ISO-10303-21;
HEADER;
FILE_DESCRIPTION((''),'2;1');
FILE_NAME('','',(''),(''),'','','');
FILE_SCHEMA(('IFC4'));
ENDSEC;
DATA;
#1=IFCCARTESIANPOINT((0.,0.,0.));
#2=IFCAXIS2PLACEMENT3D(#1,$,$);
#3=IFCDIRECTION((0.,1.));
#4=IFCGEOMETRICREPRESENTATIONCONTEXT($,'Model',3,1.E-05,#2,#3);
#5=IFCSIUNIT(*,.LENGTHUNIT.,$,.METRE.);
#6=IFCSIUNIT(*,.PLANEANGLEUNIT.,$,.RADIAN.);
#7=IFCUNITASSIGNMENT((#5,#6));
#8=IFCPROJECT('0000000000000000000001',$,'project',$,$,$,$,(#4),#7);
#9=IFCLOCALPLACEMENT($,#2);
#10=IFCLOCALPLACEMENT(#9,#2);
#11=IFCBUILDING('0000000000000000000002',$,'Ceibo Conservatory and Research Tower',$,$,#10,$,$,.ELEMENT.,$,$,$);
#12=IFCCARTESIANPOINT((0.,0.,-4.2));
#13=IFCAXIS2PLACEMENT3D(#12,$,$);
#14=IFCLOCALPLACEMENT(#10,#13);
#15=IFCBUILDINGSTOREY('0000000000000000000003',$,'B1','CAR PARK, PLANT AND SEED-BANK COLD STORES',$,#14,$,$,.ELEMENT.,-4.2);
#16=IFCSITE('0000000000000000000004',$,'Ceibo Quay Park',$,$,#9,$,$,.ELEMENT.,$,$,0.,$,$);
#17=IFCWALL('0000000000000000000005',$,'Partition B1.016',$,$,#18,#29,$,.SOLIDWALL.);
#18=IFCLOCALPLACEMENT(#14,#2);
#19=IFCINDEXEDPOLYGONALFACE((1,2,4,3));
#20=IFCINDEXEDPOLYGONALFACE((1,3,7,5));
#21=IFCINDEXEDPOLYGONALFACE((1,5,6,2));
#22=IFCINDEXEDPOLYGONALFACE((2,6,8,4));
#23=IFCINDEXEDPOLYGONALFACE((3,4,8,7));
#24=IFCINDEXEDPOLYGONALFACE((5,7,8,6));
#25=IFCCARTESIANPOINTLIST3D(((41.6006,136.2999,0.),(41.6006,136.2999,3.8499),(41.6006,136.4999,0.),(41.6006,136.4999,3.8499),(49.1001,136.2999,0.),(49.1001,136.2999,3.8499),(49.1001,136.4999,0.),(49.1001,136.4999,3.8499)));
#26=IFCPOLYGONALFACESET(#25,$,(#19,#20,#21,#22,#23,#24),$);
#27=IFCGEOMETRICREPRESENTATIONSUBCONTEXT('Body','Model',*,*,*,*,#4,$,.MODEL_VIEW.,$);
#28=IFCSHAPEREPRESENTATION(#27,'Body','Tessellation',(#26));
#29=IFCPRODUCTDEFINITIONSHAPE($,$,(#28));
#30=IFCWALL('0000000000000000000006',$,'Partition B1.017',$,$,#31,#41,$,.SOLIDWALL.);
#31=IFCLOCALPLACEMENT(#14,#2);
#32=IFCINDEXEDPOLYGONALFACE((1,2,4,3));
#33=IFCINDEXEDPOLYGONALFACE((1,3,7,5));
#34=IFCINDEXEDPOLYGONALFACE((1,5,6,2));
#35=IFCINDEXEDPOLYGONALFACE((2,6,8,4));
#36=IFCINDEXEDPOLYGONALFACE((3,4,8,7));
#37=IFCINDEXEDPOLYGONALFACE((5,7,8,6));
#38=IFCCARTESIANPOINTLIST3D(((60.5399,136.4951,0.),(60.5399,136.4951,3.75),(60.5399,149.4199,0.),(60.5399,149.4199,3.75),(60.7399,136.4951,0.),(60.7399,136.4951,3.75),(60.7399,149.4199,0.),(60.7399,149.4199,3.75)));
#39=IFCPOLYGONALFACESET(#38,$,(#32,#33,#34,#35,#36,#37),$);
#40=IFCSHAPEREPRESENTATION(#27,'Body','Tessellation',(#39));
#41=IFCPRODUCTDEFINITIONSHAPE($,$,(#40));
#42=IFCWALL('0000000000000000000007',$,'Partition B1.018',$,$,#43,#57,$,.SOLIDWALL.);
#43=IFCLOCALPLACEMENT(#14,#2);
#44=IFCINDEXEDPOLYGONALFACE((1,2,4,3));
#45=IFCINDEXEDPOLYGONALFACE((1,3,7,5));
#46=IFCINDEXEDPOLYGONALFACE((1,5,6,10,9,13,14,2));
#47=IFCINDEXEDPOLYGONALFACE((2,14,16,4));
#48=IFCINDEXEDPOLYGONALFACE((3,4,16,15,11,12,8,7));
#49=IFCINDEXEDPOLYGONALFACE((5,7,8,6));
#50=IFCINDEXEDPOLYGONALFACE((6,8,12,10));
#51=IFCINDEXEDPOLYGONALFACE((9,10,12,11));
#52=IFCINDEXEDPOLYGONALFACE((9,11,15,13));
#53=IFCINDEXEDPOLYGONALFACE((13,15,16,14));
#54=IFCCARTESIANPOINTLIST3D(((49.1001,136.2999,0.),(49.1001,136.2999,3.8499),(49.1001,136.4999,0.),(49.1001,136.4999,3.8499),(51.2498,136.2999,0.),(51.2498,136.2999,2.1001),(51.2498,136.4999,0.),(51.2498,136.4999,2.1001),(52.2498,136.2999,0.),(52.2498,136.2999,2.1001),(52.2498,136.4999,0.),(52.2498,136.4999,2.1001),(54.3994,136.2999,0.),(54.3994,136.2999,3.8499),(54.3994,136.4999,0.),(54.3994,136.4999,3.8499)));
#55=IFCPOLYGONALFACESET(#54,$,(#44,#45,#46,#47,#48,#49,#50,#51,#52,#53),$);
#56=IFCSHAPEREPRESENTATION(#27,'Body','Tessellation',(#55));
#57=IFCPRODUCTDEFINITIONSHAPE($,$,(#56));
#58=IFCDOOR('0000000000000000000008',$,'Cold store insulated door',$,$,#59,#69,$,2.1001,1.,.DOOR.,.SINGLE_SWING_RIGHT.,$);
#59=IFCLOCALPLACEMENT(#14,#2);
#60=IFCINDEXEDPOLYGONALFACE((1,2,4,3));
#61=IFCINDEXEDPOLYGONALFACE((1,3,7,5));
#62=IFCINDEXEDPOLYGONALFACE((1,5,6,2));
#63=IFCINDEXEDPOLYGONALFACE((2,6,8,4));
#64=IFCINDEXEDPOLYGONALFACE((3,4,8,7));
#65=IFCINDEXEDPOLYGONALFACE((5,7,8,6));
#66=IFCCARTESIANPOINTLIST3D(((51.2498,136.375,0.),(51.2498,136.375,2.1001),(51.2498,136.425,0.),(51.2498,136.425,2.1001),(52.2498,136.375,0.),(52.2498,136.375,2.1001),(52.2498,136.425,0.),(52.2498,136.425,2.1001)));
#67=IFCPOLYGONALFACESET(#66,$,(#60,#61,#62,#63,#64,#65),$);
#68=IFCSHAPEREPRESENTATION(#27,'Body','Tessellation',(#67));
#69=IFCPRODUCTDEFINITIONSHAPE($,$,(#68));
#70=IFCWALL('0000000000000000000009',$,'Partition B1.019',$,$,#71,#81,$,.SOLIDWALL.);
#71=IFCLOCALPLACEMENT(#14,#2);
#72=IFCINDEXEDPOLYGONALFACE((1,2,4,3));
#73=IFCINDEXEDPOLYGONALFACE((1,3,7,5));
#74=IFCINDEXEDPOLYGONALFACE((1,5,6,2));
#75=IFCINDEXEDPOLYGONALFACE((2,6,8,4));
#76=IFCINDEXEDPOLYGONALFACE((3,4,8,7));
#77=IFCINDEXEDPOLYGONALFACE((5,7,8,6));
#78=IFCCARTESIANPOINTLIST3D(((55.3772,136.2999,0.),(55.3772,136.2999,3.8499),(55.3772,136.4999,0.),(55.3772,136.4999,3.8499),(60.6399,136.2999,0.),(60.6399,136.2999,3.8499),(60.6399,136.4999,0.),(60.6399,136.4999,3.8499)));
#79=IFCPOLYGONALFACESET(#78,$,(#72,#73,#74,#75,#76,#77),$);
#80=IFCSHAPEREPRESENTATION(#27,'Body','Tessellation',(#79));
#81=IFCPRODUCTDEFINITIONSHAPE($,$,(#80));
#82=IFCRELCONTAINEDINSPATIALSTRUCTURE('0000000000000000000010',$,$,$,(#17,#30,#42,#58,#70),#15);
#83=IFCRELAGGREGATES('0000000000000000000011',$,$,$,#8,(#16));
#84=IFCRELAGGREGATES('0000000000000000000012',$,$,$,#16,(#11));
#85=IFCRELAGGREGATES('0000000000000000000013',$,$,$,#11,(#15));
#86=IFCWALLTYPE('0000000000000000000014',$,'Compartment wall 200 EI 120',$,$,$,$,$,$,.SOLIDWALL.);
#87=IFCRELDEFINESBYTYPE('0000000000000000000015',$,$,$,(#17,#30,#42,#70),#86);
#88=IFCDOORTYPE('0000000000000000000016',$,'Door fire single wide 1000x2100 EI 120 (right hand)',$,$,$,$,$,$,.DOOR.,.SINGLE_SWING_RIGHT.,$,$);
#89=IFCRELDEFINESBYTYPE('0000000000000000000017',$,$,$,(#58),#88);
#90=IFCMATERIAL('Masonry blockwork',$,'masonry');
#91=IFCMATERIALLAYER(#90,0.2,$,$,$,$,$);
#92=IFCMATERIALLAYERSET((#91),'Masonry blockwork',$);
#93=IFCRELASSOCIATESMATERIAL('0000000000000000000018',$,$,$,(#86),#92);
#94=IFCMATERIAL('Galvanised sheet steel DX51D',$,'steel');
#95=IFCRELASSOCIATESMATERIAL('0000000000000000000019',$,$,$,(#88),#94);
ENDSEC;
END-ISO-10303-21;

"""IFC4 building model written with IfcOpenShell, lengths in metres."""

from ifc_helpers import new_model, si_unit, direction, frame, frame_2d, origin, place, context, subcontext, project, spatial, rectangle, extrude, material, layer, layer_set, type_object, element, fill, save


model = new_model("IFC4")

# Units and contexts
model_context = context("Model", 3, precision=1e-05, world=origin(), true_north=direction((0.0, 1.0)))
body_context = subcontext(model_context, "Body", "Model", "MODEL_VIEW")
ifc_project = project(units=[si_unit("LENGTHUNIT", "METRE"), si_unit("PLANEANGLEUNIT", "RADIAN")], contexts=[model_context])

# Site, building, storey
site_placement = place(None, origin())
site = spatial("IfcSite", under=ifc_project, at=site_placement, Name="Ceibo Quay Park", CompositionType="ELEMENT", RefElevation=0.0)
building_placement = place(site_placement, origin())
building = spatial("IfcBuilding", under=site, at=building_placement, Name="Ceibo Conservatory and Research Tower", CompositionType="ELEMENT")
storey_placement = place(building_placement, frame((0.0, 0.0, -4.2)))
storey = spatial("IfcBuildingStorey", under=building, at=storey_placement, Name="B1", Description="CAR PARK, PLANT AND SEED-BANK COLD STORES", CompositionType="ELEMENT", Elevation=-4.2)

# Walls
ifc_material_1 = material(Name="Masonry blockwork", Category="masonry")
ifc_layer = layer(ifc_material_1, 0.2)
ifc_layer_set = layer_set([ifc_layer], Name="Masonry blockwork")
wall_type = type_object("IfcWallType", Name="Compartment wall 200 EI 120", PredefinedType="SOLIDWALL", material=ifc_layer_set)
wall_1_placement = place(storey_placement, frame((49.1001, 136.3999, 0.0), z_axis=(0.0, 0.0, 1.0), x_axis=(-1.0, 0.0, 0.0)))
element("IfcWall", 1, at=wall_1_placement, inside=storey, type_object=wall_type, Name="Partition B1.016", PredefinedType="SOLIDWALL", context=body_context, shape_type="SweptSolid", body=[
    extrude(rectangle(XDim=7.4995, YDim=0.2, at=frame_2d((3.7498, 0.0))), origin(), (0.0, 0.0, 1.0), 3.8499),
])
wall_2_placement = place(storey_placement, frame((60.6399, 149.4199, 0.0), z_axis=(0.0, 0.0, 1.0), x_axis=(0.0, -1.0, 0.0)))
element("IfcWall", 2, at=wall_2_placement, inside=storey, type_object=wall_type, Name="Partition B1.017", PredefinedType="SOLIDWALL", context=body_context, shape_type="SweptSolid", body=[
    extrude(rectangle(XDim=12.9248, YDim=0.2, at=frame_2d((6.4624, 0.0))), origin(), (0.0, 0.0, 1.0), 3.75),
])

# Wall, opening, door
wall_3_placement = place(storey_placement, frame((54.3994, 136.3999, 0.0), z_axis=(0.0, 0.0, 1.0), x_axis=(-1.0, 0.0, 0.0)))
wall_3 = element("IfcWall", 3, at=wall_3_placement, inside=storey, type_object=wall_type, Name="Partition B1.018", PredefinedType="SOLIDWALL", context=body_context, shape_type="SweptSolid", body=[
    extrude(rectangle(XDim=5.2993, YDim=0.2, at=frame_2d((2.6497, 0.0))), origin(), (0.0, 0.0, 1.0), 3.8499),
])
opening_placement = place(wall_3_placement, frame((2.1497, 0.0, 0.0)))
opening = element("IfcOpeningElement", 4, at=opening_placement, cuts=wall_3, PredefinedType="OPENING", context=body_context, shape_type="SweptSolid", body=[
    extrude(rectangle(XDim=1.0, YDim=2.1001, at=frame_2d((0.5, 1.05))), frame((0.0, 0.1099, 0.0), z_axis=(0.0, -1.0, 0.0), x_axis=(1.0, 0.0, 0.0)), (0.0, 0.0, 1.0), 0.22),
])
ifc_material_2 = material(Name="Galvanised sheet steel DX51D", Category="steel")
door_type = type_object("IfcDoorType", Name="Door fire single wide 1000x2100 EI 120 (right hand)", OperationType="SINGLE_SWING_RIGHT", PredefinedType="DOOR", material=ifc_material_2)
door_placement = place(opening_placement, origin())
door = element("IfcDoor", 5, at=door_placement, inside=storey, type_object=door_type, Name="Cold store insulated door", OperationType="SINGLE_SWING_RIGHT", OverallHeight=2.1001, OverallWidth=1.0, PredefinedType="DOOR", context=body_context, shape_type="SweptSolid", body=[
    extrude(rectangle(XDim=1.0, YDim=2.1001, at=frame_2d((0.5, 1.05))), frame((0.0, 0.0249, 0.0), z_axis=(0.0, -1.0, 0.0), x_axis=(1.0, 0.0, 0.0)), (0.0, 0.0, 1.0), 0.05),
])
fill(opening, door)

# Wall
wall_4_placement = place(storey_placement, frame((60.6399, 136.3999, 0.0), z_axis=(0.0, 0.0, 1.0), x_axis=(-1.0, 0.0, 0.0)))
element("IfcWall", 6, at=wall_4_placement, inside=storey, type_object=wall_type, Name="Partition B1.019", PredefinedType="SOLIDWALL", context=body_context, shape_type="SweptSolid", body=[
    extrude(rectangle(XDim=5.2627, YDim=0.2, at=frame_2d((2.6313, 0.0))), origin(), (0.0, 0.0, 1.0), 3.8499),
])

save(model, "model.ifc")
